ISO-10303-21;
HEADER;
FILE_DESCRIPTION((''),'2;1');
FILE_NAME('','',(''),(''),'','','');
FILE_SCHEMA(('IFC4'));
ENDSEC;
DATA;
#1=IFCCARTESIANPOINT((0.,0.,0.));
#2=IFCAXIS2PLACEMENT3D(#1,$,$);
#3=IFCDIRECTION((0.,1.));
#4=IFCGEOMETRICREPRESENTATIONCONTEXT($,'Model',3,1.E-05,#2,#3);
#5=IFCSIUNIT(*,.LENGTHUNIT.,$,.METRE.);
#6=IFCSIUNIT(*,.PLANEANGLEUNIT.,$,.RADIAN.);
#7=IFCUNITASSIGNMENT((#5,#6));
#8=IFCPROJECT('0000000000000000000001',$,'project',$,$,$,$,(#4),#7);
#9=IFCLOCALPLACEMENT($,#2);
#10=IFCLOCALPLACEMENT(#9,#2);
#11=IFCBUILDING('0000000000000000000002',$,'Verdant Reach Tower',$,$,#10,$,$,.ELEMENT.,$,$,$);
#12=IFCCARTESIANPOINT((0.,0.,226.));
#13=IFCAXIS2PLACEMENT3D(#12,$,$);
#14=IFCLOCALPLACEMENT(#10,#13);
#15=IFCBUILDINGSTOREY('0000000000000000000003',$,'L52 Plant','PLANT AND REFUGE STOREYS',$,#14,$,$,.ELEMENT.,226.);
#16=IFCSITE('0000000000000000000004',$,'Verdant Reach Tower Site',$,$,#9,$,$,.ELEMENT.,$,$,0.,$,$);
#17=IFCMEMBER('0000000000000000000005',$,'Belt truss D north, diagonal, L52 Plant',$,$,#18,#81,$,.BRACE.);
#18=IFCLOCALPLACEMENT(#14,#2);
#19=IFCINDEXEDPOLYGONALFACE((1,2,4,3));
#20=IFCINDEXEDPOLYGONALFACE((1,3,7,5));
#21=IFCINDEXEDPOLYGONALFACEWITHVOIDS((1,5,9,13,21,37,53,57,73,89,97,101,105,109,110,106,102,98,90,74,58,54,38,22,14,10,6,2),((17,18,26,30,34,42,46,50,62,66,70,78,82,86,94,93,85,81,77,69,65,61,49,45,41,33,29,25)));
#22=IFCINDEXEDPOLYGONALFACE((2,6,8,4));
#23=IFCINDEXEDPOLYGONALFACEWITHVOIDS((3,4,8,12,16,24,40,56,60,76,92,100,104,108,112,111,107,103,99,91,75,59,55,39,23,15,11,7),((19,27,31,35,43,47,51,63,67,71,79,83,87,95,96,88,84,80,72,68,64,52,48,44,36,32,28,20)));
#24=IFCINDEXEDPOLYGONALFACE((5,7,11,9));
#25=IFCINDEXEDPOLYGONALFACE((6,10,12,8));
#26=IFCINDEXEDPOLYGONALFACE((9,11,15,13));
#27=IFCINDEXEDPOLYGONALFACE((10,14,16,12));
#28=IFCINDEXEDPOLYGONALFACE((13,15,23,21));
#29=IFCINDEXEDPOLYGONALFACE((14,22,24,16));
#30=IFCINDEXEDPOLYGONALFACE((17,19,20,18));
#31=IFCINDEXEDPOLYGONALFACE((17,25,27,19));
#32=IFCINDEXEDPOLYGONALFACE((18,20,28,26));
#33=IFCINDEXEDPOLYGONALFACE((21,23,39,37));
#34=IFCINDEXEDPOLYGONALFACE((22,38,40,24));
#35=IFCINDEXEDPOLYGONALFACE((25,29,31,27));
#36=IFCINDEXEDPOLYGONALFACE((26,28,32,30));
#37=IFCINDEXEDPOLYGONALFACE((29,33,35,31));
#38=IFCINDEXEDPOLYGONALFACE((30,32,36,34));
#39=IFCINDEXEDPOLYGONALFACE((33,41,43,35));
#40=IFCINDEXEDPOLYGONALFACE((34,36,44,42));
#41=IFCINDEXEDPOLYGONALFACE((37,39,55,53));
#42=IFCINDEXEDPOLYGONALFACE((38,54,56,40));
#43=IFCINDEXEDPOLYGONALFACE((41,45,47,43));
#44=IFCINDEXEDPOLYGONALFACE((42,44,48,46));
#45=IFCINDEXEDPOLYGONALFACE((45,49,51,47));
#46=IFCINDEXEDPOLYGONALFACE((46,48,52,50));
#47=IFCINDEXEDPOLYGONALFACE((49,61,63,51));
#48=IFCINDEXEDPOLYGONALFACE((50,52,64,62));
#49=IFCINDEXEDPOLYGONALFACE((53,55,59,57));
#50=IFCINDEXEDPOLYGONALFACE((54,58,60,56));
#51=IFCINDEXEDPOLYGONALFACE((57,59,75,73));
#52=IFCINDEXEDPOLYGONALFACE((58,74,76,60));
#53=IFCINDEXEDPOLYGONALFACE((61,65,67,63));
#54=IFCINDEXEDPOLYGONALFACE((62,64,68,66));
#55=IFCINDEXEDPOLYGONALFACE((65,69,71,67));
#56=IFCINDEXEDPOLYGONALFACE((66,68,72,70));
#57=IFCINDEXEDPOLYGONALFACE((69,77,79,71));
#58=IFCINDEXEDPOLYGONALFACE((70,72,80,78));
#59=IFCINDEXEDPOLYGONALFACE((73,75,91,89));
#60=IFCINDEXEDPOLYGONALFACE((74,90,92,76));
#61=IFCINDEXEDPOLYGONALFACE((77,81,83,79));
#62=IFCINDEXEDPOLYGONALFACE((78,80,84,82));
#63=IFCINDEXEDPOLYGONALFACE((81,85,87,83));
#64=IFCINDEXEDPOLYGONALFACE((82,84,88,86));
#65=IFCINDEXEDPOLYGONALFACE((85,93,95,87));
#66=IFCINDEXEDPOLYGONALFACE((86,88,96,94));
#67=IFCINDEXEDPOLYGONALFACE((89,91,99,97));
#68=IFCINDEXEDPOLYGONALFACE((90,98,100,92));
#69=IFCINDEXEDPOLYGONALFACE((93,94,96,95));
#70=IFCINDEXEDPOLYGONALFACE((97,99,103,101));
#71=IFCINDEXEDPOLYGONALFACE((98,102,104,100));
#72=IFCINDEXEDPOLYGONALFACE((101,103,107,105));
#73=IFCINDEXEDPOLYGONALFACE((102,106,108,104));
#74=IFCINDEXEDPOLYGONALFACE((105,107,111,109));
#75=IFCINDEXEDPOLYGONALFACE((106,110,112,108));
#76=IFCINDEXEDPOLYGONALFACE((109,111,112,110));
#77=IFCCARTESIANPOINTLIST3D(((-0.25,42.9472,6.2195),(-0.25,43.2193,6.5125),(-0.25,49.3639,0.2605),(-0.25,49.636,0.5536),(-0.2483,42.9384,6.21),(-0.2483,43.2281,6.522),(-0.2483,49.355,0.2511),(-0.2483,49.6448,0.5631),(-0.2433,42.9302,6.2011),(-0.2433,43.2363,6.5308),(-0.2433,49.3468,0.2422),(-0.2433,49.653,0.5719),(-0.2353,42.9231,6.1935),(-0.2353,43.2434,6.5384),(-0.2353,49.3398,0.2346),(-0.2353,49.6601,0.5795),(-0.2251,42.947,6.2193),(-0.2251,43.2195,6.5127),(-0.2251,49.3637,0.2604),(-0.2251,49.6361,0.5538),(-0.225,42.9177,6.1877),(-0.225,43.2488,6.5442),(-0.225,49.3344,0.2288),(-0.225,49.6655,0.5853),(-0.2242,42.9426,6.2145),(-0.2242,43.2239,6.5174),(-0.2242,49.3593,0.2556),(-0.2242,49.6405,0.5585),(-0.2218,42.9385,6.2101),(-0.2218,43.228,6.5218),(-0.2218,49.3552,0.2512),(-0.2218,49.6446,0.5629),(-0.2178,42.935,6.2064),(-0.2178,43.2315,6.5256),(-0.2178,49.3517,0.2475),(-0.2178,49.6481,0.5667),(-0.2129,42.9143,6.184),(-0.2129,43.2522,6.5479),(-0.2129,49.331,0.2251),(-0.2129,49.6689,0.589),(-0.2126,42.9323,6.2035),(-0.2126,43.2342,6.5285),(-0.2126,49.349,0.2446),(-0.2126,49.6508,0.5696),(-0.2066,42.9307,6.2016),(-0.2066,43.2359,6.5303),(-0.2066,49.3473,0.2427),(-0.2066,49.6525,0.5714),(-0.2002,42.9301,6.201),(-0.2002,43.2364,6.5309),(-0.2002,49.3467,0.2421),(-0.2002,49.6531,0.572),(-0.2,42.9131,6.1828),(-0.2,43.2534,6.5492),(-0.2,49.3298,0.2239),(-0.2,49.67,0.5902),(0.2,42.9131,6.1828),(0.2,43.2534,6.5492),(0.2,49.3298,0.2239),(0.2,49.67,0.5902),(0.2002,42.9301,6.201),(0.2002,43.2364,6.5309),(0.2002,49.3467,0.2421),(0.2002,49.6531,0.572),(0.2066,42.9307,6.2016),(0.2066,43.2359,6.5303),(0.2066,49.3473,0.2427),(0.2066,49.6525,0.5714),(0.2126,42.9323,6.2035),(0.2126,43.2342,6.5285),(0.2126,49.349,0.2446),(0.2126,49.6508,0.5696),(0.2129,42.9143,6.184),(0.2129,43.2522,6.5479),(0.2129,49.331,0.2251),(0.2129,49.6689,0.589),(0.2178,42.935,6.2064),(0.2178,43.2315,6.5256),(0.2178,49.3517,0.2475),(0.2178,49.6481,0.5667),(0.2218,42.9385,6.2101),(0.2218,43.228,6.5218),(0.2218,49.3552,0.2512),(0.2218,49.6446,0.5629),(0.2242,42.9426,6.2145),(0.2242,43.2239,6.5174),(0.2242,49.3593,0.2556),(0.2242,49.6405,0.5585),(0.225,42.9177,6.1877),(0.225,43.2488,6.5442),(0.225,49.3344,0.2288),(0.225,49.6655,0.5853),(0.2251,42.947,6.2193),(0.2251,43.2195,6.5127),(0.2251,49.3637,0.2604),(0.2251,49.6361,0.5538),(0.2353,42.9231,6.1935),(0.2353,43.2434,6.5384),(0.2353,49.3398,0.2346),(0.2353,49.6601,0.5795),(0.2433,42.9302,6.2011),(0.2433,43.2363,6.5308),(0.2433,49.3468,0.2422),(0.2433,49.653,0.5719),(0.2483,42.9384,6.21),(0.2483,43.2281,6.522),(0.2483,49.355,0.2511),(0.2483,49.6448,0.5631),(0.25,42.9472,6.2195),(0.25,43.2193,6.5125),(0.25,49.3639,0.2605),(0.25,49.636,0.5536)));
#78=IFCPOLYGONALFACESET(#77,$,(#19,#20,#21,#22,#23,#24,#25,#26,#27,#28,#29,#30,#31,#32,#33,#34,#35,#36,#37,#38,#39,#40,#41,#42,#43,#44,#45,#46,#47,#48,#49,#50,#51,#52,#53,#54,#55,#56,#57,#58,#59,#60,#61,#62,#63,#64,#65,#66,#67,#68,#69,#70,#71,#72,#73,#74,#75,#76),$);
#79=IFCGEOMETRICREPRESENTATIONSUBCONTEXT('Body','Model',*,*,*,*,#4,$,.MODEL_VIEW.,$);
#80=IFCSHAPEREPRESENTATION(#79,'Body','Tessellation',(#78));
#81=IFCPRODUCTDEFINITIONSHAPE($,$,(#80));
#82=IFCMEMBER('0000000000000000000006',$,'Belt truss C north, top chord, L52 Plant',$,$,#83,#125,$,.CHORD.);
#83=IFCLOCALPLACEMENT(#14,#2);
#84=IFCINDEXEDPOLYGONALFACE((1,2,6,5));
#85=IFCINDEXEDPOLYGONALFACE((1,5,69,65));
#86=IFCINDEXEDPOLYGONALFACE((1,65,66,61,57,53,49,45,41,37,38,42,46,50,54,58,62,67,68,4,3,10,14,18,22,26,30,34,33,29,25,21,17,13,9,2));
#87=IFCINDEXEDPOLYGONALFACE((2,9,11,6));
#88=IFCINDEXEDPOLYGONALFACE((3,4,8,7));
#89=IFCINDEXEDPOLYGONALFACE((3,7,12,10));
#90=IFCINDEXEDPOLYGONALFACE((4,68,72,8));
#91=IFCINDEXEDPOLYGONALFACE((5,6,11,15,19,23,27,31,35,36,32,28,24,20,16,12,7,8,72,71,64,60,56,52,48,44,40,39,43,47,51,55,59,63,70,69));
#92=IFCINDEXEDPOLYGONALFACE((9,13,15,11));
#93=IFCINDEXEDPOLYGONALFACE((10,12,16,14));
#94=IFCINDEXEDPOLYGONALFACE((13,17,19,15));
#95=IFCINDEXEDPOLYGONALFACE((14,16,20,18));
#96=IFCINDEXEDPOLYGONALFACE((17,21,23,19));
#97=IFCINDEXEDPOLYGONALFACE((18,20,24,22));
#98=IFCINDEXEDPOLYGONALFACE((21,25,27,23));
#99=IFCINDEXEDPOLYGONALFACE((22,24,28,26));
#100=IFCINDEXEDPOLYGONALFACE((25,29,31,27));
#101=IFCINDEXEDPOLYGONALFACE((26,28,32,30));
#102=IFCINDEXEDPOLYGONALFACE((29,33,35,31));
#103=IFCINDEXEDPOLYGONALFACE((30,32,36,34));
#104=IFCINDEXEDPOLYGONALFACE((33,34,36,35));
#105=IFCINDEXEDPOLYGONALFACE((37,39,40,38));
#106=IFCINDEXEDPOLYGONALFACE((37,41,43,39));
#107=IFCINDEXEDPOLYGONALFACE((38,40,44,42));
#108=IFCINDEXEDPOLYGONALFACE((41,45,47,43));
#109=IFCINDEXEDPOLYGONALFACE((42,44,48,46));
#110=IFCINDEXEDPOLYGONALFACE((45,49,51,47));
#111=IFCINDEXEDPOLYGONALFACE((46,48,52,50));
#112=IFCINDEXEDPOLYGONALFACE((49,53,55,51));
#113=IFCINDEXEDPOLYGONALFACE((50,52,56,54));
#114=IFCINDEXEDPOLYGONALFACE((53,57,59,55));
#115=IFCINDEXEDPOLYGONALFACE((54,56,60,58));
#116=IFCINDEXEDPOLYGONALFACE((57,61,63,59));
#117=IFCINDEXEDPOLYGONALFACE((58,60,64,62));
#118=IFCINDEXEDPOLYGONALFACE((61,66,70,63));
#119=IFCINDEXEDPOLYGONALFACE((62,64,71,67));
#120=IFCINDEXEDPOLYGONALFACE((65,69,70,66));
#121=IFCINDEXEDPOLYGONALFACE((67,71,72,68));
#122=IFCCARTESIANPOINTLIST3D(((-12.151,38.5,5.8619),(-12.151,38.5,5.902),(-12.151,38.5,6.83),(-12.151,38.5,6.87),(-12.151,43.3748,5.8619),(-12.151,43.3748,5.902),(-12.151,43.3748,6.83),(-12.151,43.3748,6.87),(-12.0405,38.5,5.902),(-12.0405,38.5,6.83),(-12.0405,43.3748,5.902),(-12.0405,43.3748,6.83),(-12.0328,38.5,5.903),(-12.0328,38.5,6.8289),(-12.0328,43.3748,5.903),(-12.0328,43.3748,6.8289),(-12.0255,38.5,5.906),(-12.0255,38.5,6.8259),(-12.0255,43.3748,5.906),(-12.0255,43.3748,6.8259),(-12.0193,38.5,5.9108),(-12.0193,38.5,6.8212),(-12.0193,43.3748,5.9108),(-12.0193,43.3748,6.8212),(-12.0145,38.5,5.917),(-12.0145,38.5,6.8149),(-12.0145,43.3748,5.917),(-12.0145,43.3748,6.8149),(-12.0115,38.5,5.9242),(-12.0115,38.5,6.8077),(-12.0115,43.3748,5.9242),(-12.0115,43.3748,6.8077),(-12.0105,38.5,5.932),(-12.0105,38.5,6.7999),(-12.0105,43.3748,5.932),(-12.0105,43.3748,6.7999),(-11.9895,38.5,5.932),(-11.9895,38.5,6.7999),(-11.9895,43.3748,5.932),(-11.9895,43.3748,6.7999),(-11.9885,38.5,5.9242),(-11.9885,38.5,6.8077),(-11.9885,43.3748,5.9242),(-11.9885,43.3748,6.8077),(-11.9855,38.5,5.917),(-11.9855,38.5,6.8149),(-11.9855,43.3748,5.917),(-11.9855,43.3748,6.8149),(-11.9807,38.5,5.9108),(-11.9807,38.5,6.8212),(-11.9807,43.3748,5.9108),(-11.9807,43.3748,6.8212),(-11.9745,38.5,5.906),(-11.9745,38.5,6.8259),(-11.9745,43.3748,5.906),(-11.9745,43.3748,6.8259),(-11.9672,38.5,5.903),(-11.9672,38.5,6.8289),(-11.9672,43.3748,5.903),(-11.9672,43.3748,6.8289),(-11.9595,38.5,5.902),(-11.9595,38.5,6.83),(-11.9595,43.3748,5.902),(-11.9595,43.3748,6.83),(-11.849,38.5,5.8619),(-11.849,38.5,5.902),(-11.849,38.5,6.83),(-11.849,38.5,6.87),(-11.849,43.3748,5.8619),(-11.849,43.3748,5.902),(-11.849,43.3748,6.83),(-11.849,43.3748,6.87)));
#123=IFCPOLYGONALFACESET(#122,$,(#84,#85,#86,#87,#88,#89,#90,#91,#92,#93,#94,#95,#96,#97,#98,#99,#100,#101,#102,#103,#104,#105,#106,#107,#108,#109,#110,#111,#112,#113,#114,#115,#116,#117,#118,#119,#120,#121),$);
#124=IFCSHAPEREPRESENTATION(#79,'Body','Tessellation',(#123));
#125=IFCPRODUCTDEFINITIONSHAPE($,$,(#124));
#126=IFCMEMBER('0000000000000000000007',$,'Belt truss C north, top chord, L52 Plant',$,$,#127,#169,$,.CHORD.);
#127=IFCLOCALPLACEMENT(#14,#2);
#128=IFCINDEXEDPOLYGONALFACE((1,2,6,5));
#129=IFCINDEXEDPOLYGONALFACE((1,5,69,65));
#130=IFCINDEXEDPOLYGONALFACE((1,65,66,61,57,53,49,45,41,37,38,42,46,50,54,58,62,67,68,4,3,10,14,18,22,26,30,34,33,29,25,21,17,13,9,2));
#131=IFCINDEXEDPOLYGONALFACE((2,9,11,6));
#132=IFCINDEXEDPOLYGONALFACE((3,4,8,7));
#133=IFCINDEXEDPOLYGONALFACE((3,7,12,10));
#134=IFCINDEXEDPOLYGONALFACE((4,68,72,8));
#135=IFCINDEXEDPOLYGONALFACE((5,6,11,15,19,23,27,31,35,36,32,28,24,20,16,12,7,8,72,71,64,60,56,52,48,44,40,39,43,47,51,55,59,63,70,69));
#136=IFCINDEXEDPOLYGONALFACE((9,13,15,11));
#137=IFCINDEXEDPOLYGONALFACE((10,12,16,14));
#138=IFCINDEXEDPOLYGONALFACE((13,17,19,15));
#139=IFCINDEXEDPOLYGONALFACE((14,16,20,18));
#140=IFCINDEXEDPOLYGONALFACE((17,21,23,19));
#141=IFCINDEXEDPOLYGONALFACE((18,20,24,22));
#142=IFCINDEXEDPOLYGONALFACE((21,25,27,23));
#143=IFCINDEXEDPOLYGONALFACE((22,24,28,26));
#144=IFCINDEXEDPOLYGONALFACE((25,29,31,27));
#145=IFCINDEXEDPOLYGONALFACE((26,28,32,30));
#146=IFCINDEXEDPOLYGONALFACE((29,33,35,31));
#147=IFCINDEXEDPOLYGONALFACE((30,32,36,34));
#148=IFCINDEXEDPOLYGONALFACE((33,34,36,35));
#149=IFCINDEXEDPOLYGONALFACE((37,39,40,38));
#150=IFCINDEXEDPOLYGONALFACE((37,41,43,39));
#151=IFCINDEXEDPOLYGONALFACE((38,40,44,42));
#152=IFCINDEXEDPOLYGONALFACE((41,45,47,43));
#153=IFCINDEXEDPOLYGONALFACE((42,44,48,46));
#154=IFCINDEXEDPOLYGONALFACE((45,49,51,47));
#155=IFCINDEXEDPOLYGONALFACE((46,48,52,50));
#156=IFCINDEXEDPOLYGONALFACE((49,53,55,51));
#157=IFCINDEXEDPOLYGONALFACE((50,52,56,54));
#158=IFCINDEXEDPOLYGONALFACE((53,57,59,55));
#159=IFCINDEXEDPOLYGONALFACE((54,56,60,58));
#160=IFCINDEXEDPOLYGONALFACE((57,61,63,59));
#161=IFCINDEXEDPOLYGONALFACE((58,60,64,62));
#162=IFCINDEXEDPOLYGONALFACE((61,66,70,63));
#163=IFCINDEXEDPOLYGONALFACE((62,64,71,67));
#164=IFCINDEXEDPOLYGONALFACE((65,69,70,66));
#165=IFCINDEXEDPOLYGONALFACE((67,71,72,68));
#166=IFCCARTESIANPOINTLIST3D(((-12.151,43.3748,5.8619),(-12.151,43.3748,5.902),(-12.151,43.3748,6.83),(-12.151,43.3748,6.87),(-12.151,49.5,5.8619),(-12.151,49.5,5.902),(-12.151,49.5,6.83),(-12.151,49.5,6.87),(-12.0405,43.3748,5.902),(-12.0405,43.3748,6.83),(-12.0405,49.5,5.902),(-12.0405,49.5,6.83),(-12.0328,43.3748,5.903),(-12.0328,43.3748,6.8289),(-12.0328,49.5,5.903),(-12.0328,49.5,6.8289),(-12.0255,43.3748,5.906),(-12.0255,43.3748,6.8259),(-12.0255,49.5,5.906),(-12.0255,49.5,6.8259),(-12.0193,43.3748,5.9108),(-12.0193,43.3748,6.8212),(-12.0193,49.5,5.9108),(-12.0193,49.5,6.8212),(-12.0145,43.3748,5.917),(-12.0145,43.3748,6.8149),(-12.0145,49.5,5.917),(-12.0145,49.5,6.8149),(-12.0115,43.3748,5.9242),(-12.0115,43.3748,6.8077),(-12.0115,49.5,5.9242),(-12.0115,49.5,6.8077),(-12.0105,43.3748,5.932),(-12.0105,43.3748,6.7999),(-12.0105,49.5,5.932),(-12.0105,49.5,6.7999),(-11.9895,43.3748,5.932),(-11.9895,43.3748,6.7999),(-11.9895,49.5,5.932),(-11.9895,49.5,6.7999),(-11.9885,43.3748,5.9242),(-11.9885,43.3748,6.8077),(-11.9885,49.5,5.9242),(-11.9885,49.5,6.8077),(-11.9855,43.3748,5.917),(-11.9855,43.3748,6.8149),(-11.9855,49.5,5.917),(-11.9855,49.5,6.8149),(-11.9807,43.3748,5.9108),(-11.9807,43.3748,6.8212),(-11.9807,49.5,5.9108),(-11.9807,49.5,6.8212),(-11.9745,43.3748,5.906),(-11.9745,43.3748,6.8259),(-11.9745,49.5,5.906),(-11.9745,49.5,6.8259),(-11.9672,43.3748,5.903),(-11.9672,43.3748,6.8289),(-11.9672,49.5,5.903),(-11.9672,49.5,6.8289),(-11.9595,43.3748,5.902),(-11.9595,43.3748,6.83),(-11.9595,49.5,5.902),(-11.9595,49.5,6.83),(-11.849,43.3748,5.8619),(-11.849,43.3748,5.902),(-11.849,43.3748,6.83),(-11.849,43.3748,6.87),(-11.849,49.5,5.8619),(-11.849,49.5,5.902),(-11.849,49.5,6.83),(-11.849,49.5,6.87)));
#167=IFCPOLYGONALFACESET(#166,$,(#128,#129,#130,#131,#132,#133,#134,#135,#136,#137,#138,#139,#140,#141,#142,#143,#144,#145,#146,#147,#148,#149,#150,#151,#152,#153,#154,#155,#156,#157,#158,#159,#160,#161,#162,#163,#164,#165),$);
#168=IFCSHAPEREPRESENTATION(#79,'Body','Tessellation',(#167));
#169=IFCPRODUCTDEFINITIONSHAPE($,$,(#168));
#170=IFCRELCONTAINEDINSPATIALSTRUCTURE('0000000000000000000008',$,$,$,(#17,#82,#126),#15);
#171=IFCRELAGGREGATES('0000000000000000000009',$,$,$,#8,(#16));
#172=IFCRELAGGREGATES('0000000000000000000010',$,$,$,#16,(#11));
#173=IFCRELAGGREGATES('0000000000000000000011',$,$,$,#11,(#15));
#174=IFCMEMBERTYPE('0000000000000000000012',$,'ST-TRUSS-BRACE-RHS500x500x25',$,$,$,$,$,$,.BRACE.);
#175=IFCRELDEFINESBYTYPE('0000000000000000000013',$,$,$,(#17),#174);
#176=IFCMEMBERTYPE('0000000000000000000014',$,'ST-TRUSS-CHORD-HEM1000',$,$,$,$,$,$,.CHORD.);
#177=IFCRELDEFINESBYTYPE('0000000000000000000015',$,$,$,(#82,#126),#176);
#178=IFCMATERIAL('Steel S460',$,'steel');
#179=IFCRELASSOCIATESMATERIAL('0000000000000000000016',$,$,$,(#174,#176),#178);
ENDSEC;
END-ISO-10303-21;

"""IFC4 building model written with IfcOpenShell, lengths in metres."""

from ifc_helpers import new_model, si_unit, direction, frame, origin, origin_2d, place, context, subcontext, project, spatial, hollow_rectangle, i_section, extrude, material, material_profile, profile_set, type_object, element, save


model = new_model("IFC4")

# Units and contexts
model_context = context("Model", 3, precision=1e-05, world=origin(), true_north=direction((0.0, 1.0)))
body_context = subcontext(model_context, "Body", "Model", "MODEL_VIEW")
ifc_project = project(units=[si_unit("LENGTHUNIT", "METRE"), si_unit("PLANEANGLEUNIT", "RADIAN")], contexts=[model_context])

# Site, building, storey
site_placement = place(None, origin())
site = spatial("IfcSite", under=ifc_project, at=site_placement, Name="Verdant Reach Tower Site", CompositionType="ELEMENT", RefElevation=0.0)
building_placement = place(site_placement, origin())
building = spatial("IfcBuilding", under=site, at=building_placement, Name="Verdant Reach Tower", CompositionType="ELEMENT")
storey_placement = place(building_placement, frame((0.0, 0.0, 226.0)))
storey = spatial("IfcBuildingStorey", under=building, at=storey_placement, Name="L52 Plant", Description="PLANT AND REFUGE STOREYS", CompositionType="ELEMENT", Elevation=226.0)

# Shared definitions
ifc_material_1 = material(Name="Steel S460", Category="steel")

# Members
ifc_material_profile_1 = material_profile(ifc_material_1, hollow_rectangle(XDim=0.5, YDim=0.5, WallThickness=0.0249, InnerFilletRadius=0.0249, OuterFilletRadius=0.05, at=origin_2d()), Name="RHS 500x500x25")
ifc_profile_set_1 = profile_set([ifc_material_profile_1], Name="Steel S460")
member_type_1 = type_object("IfcMemberType", Name="ST-TRUSS-BRACE-RHS500x500x25", PredefinedType="BRACE", material=ifc_profile_set_1)
member_1_placement = place(storey_placement, frame((0.0, 43.0833, 6.366), z_axis=(0.0, 0.732761, -0.680486), x_axis=(-1.0, 0.0, 0.0)))
element("IfcMember", 1, at=member_1_placement, inside=storey, type_object=member_type_1, Name="Belt truss D north, diagonal, L52 Plant", PredefinedType="BRACE", context=body_context, shape_type="SweptSolid", body=[
    extrude(hollow_rectangle(XDim=0.5, YDim=0.5, WallThickness=0.0249, InnerFilletRadius=0.0249, OuterFilletRadius=0.05, at=origin_2d()), origin(), (0.0, 0.0, 1.0), 8.7568),
])
ifc_material_profile_2 = material_profile(ifc_material_1, i_section(OverallWidth=0.302, OverallDepth=1.0081, WebThickness=0.021, FlangeThickness=0.04, FilletRadius=0.03, at=origin_2d()), Name="HEM 1000")
ifc_profile_set_2 = profile_set([ifc_material_profile_2], Name="Steel S460")
member_type_2 = type_object("IfcMemberType", Name="ST-TRUSS-CHORD-HEM1000", PredefinedType="CHORD", material=ifc_profile_set_2)
member_2_placement = place(storey_placement, frame((-12.0, 38.5, 6.366), z_axis=(0.0, 1.0, 0.0), x_axis=(-1.0, 0.0, 0.0)))
element("IfcMember", 2, at=member_2_placement, inside=storey, type_object=member_type_2, Name="Belt truss C north, top chord, L52 Plant", PredefinedType="CHORD", context=body_context, shape_type="SweptSolid", body=[
    extrude(i_section(OverallWidth=0.302, OverallDepth=1.0081, WebThickness=0.021, FlangeThickness=0.04, FilletRadius=0.03, at=origin_2d()), origin(), (0.0, 0.0, 1.0), 4.8748),
])
member_3_placement = place(storey_placement, frame((-12.0, 43.3748, 6.366), z_axis=(0.0, 1.0, 0.0), x_axis=(-1.0, 0.0, 0.0)))
element("IfcMember", 3, at=member_3_placement, inside=storey, type_object=member_type_2, Name="Belt truss C north, top chord, L52 Plant", PredefinedType="CHORD", context=body_context, shape_type="SweptSolid", body=[
    extrude(i_section(OverallWidth=0.302, OverallDepth=1.0081, WebThickness=0.021, FlangeThickness=0.04, FilletRadius=0.03, at=origin_2d()), origin(), (0.0, 0.0, 1.0), 6.1252),
])

save(model, "model.ifc")
